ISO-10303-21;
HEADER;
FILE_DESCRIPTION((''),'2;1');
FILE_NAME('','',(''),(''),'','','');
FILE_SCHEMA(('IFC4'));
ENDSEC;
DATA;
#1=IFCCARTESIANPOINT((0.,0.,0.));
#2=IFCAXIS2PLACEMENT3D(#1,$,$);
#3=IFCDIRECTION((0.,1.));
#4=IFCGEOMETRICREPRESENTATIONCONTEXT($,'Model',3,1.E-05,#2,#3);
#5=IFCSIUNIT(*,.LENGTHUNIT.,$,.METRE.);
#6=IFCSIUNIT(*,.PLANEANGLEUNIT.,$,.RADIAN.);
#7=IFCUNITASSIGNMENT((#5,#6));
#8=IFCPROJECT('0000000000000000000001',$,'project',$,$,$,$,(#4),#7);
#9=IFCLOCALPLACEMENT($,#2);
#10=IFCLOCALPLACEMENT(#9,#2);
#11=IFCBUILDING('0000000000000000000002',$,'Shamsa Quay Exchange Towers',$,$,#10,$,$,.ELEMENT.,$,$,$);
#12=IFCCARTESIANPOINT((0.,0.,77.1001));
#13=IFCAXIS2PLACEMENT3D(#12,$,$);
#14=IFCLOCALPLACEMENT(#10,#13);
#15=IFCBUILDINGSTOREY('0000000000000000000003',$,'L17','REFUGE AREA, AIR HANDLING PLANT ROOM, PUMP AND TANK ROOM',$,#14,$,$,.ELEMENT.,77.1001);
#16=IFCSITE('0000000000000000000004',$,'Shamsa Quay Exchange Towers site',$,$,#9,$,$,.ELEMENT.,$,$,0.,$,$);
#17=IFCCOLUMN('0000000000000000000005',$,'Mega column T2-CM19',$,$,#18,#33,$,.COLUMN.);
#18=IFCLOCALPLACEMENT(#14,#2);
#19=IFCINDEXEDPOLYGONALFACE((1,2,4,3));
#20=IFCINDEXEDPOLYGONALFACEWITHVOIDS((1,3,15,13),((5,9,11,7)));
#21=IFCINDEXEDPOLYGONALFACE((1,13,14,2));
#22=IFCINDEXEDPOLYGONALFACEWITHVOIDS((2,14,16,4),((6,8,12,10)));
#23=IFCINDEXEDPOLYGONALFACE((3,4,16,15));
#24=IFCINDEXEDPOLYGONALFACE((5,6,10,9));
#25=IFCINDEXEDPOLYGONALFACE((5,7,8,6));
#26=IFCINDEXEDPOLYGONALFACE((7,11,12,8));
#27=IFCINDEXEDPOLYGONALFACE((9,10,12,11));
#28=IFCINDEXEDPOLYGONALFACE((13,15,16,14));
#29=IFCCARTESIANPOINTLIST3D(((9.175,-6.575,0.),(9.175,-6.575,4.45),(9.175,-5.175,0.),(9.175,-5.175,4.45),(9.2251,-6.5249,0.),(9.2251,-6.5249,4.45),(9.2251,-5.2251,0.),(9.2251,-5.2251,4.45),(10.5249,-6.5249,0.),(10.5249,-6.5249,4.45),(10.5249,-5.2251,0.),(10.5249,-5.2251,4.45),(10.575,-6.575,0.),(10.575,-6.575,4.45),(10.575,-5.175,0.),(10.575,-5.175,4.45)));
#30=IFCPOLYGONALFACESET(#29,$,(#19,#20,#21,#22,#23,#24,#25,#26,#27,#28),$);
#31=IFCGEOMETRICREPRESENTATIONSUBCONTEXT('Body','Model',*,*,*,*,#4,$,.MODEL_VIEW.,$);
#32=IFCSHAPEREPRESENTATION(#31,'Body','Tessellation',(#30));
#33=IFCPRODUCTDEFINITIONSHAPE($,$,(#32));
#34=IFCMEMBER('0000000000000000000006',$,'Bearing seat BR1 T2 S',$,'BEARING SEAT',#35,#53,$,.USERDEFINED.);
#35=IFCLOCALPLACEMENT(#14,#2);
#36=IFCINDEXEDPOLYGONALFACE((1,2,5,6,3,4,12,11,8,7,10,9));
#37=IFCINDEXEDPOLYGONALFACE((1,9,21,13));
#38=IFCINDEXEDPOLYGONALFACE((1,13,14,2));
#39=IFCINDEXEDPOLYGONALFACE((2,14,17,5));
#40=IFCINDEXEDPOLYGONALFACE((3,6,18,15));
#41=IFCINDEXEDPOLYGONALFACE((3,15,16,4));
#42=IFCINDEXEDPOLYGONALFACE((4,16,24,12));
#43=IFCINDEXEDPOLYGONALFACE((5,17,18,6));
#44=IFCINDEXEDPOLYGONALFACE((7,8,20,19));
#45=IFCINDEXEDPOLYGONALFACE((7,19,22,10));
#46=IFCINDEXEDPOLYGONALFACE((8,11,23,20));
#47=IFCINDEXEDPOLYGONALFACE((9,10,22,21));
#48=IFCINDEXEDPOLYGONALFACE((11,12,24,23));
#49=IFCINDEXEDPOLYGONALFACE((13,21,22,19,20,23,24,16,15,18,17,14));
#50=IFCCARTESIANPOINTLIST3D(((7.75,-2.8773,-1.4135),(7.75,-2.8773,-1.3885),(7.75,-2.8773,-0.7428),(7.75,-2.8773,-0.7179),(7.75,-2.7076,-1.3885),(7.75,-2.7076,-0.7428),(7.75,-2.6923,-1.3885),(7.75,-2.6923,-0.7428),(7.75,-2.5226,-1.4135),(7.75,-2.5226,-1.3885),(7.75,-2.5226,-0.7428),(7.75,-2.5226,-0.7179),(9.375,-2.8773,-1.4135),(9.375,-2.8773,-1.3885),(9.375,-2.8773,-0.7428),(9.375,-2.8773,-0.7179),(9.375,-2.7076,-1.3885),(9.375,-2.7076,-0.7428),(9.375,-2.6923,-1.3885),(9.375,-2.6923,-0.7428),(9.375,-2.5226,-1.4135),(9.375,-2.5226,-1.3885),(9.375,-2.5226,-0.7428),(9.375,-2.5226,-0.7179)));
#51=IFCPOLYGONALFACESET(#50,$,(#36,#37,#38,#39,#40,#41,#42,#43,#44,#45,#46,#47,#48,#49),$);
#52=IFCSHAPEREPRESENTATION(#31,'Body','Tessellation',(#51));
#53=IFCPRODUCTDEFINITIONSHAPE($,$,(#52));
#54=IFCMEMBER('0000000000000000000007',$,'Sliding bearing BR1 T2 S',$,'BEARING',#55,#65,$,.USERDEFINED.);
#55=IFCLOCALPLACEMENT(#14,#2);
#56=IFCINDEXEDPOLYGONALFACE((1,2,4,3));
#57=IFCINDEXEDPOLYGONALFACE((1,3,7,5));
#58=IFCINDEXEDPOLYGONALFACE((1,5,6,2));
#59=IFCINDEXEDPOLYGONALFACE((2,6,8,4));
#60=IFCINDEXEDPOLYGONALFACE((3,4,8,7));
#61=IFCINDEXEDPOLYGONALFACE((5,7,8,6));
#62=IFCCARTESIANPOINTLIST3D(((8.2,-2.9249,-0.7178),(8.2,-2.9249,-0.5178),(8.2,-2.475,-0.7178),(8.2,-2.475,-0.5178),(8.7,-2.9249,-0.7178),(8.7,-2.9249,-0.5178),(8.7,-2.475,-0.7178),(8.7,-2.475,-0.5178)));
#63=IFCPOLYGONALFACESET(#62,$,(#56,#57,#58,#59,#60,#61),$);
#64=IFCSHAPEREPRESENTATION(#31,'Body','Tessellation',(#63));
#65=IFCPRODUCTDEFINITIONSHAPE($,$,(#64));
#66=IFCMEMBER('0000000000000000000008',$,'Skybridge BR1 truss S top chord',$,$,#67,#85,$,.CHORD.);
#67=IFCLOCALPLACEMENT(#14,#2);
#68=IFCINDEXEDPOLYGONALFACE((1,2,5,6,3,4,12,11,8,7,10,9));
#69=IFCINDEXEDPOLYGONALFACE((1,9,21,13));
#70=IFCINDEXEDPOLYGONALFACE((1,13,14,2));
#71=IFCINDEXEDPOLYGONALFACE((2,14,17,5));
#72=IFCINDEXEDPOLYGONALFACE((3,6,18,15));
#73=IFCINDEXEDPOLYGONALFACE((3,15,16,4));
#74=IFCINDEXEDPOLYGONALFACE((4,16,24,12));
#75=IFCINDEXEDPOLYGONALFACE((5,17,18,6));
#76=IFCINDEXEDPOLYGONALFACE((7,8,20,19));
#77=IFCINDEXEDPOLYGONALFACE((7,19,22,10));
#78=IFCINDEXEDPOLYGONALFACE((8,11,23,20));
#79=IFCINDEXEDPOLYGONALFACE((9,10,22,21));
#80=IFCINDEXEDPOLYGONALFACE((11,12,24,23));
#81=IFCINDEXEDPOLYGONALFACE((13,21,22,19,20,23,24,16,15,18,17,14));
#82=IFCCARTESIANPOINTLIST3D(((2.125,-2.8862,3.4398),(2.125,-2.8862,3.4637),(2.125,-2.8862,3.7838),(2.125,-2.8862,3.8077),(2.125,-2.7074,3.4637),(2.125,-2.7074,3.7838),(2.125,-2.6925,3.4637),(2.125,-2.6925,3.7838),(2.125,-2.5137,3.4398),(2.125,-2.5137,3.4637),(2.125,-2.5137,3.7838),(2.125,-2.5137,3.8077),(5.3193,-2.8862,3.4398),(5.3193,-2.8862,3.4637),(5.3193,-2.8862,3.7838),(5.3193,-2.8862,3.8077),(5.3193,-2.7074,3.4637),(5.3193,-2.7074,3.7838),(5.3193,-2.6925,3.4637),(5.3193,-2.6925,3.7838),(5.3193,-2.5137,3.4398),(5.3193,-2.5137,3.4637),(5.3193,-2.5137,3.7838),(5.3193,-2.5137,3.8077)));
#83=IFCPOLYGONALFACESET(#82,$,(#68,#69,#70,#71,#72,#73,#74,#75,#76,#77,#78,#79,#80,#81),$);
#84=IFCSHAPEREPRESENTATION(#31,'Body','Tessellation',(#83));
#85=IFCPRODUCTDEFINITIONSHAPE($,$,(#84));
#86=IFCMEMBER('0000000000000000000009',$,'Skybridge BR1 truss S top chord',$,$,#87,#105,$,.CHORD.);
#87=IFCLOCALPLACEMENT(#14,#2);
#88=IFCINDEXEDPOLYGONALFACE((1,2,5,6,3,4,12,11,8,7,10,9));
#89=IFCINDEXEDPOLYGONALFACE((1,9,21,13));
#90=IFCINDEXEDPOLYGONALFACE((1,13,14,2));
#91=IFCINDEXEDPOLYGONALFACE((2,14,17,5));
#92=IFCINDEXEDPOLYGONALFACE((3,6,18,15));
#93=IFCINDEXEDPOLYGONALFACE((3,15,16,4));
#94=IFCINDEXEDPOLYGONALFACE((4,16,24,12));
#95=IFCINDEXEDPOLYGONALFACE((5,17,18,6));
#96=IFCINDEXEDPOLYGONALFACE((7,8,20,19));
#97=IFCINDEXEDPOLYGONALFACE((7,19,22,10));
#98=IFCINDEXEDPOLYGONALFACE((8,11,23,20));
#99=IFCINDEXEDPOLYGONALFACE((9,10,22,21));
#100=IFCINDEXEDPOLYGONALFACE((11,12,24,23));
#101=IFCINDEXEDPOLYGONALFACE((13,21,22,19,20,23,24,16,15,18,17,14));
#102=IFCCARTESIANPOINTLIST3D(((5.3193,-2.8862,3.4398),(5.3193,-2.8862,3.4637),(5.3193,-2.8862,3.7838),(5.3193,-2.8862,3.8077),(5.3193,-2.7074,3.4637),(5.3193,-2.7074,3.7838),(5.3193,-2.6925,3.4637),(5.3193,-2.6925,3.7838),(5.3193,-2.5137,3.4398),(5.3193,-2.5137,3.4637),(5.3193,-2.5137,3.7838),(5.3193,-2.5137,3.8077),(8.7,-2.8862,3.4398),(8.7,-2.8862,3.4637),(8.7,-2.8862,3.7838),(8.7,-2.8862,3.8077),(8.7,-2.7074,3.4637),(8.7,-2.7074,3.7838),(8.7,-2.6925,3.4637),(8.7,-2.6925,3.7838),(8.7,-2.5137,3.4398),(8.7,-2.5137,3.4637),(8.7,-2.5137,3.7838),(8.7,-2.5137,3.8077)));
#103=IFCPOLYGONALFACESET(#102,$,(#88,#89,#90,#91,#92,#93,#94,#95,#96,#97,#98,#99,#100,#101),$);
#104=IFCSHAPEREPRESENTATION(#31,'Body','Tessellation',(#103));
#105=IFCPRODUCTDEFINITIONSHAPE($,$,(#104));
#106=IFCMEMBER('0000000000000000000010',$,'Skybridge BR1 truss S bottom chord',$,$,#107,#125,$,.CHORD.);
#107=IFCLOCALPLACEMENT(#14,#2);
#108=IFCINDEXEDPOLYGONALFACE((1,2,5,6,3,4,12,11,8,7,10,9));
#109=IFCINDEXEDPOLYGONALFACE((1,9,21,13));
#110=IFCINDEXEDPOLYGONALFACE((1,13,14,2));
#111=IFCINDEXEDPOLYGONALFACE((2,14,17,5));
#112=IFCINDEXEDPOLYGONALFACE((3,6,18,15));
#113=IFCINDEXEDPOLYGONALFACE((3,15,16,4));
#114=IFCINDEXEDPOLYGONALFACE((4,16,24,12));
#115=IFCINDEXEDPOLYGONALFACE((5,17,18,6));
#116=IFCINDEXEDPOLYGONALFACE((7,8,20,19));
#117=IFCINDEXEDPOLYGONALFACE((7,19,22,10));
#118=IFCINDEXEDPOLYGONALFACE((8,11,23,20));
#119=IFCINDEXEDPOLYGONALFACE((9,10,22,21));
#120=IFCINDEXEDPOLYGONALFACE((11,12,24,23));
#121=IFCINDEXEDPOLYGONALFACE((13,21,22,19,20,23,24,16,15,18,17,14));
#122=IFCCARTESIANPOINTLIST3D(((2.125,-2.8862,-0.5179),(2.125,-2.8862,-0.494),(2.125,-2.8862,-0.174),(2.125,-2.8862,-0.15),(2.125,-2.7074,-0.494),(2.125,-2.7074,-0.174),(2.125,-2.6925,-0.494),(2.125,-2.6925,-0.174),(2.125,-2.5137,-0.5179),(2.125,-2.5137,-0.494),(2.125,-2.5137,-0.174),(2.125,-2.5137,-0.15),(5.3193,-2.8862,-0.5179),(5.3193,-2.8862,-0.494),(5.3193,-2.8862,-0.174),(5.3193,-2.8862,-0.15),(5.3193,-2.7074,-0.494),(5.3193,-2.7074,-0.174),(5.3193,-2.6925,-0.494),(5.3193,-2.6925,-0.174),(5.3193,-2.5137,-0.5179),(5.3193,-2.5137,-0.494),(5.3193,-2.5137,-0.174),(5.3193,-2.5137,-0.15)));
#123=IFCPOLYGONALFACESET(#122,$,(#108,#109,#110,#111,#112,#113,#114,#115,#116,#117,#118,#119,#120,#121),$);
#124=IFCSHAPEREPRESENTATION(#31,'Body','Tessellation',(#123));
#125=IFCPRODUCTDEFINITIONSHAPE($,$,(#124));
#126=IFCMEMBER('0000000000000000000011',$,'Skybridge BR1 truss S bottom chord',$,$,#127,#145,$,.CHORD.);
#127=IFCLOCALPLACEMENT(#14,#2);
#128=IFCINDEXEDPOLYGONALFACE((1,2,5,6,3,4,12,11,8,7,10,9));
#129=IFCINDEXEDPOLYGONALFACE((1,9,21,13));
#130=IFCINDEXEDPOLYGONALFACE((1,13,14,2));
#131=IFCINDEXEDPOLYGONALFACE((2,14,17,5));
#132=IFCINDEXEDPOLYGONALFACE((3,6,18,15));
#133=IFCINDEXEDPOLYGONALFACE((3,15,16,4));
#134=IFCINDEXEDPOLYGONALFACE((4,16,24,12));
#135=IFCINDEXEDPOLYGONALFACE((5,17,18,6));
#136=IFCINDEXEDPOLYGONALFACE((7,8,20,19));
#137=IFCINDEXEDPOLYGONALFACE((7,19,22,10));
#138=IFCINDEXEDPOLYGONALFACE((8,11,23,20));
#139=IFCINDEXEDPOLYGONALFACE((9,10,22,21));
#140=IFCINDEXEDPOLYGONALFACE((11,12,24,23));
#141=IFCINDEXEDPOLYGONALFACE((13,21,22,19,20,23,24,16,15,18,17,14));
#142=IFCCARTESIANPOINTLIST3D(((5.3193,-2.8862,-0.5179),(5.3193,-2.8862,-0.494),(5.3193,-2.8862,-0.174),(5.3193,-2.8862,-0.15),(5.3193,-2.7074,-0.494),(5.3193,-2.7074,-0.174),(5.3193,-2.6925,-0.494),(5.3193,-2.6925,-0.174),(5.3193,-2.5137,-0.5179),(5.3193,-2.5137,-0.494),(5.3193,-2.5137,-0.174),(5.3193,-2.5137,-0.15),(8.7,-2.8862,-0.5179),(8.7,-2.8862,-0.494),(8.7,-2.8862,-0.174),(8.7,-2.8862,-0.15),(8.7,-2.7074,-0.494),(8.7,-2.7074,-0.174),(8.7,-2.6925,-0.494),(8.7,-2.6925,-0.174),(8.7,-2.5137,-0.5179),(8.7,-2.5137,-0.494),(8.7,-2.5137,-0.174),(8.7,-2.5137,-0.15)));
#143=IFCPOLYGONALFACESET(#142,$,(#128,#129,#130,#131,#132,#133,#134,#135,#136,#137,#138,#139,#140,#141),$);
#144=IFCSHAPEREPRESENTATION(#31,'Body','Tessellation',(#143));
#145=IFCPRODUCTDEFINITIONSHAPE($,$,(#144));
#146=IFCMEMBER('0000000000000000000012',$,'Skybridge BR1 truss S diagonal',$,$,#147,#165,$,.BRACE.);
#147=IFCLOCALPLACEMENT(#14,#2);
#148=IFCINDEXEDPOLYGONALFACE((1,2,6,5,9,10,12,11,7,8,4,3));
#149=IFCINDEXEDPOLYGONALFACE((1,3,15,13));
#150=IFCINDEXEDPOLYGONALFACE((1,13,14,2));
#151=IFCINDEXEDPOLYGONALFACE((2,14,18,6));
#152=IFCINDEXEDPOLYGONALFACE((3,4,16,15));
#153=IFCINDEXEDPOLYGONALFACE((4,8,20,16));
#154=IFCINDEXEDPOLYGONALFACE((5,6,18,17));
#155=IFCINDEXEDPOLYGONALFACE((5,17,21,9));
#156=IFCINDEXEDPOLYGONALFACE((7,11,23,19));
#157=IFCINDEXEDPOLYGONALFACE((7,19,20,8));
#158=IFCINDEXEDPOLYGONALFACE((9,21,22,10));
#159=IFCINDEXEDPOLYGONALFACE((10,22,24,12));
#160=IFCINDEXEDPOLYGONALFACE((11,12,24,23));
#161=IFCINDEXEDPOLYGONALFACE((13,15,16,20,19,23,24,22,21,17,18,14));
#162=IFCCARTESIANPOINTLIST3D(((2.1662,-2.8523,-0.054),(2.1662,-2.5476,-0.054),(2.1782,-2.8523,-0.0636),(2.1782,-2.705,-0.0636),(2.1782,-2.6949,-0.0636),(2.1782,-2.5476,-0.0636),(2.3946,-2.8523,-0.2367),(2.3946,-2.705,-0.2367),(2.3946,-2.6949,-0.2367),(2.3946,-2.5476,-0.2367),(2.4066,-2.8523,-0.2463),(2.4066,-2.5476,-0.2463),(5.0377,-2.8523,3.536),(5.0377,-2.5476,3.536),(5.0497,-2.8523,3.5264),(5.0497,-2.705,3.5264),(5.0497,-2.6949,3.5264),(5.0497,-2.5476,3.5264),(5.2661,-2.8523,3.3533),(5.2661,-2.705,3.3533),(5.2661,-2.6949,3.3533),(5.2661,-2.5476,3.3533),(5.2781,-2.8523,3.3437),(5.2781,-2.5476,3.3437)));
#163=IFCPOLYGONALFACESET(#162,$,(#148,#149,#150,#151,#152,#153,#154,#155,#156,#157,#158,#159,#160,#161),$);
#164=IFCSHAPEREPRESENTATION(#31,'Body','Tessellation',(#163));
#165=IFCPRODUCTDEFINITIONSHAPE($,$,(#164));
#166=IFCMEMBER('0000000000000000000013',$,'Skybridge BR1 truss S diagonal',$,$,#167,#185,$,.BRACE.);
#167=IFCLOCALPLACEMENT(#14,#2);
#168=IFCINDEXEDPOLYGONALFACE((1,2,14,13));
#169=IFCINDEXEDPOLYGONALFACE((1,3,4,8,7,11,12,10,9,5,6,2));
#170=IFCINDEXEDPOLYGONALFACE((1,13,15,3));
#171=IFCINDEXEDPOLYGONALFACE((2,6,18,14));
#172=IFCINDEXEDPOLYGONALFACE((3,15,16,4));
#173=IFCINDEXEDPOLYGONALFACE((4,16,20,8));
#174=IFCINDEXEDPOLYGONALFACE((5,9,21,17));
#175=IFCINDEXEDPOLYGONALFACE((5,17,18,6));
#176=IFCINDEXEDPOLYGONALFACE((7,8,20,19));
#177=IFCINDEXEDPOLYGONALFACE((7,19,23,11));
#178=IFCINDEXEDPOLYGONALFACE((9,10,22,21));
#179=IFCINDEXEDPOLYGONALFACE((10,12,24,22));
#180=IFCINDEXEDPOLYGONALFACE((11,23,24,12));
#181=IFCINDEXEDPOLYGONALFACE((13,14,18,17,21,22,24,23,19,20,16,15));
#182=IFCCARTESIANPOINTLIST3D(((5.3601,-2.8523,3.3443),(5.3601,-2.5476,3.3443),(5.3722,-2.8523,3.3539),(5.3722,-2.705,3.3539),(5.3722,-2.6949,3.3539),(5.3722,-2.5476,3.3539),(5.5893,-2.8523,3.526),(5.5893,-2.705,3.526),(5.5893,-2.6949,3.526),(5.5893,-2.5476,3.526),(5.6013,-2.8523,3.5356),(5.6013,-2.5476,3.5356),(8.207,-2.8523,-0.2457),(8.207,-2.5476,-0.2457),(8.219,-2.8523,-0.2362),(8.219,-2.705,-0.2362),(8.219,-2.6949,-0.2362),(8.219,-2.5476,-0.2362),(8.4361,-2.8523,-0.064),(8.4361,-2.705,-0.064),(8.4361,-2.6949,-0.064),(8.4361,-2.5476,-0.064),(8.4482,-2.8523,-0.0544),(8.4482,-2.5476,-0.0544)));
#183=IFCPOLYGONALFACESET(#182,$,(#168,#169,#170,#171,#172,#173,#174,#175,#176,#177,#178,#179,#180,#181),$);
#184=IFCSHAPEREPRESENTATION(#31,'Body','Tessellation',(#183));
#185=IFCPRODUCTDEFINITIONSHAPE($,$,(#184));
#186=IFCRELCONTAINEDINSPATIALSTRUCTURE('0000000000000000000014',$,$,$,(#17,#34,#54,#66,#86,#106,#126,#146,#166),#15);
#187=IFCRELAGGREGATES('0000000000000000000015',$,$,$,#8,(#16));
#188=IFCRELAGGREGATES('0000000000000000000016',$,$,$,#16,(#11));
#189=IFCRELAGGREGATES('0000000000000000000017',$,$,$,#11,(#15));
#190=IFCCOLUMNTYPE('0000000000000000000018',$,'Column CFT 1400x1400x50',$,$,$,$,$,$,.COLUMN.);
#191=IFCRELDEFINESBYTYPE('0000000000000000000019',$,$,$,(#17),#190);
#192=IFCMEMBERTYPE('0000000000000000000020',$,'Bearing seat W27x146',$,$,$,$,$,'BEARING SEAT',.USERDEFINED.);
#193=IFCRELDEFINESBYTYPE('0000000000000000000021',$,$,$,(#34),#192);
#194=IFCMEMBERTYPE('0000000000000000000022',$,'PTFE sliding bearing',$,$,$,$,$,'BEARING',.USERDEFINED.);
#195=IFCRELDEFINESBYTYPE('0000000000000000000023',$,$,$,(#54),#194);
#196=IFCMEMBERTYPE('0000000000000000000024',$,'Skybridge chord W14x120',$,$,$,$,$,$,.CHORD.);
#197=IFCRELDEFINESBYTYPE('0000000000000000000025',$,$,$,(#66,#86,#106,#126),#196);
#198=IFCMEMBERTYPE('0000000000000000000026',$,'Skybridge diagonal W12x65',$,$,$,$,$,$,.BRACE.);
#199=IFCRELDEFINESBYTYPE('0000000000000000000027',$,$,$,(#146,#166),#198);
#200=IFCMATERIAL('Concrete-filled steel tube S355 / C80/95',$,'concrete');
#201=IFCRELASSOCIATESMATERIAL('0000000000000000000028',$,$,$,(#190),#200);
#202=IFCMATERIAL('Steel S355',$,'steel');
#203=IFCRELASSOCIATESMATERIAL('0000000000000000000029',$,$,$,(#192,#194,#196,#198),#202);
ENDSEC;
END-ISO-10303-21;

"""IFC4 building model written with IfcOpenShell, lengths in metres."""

from ifc_helpers import new_model, si_unit, direction, frame, origin, origin_2d, place, context, subcontext, project, spatial, rectangle, hollow_rectangle, i_section, extrude, material, material_profile, profile_set, type_object, element, save


model = new_model("IFC4")

# Units and contexts
model_context = context("Model", 3, precision=1e-05, world=origin(), true_north=direction((0.0, 1.0)))
body_context = subcontext(model_context, "Body", "Model", "MODEL_VIEW")
ifc_project = project(units=[si_unit("LENGTHUNIT", "METRE"), si_unit("PLANEANGLEUNIT", "RADIAN")], contexts=[model_context])

# Site, building, storey
site_placement = place(None, origin())
site = spatial("IfcSite", under=ifc_project, at=site_placement, Name="Shamsa Quay Exchange Towers site", CompositionType="ELEMENT", RefElevation=0.0)
building_placement = place(site_placement, origin())
building = spatial("IfcBuilding", under=site, at=building_placement, Name="Shamsa Quay Exchange Towers", CompositionType="ELEMENT")
storey_placement = place(building_placement, frame((0.0, 0.0, 77.1001)))
storey = spatial("IfcBuildingStorey", under=building, at=storey_placement, Name="L17", Description="REFUGE AREA, AIR HANDLING PLANT ROOM, PUMP AND TANK ROOM", CompositionType="ELEMENT", Elevation=77.1001)

# Column
ifc_material_1 = material(Name="Concrete-filled steel tube S355 / C80/95", Category="concrete")
ifc_material_profile_1 = material_profile(ifc_material_1, hollow_rectangle(XDim=1.3999, YDim=1.3999, WallThickness=0.05, at=origin_2d()), Name="CFT 1400x1400x50")
ifc_profile_set_1 = profile_set([ifc_material_profile_1], Name="Concrete-filled steel tube S355 / C80/95")
column_type = type_object("IfcColumnType", Name="Column CFT 1400x1400x50", PredefinedType="COLUMN", material=ifc_profile_set_1)
column_placement = place(storey_placement, frame((9.875, -5.875, 0.0)))
element("IfcColumn", 1, at=column_placement, inside=storey, type_object=column_type, Name="Mega column T2-CM19", PredefinedType="COLUMN", context=body_context, shape_type="SweptSolid", body=[
    extrude(hollow_rectangle(XDim=1.3999, YDim=1.3999, WallThickness=0.05, at=origin_2d()), origin(), (0.0, 0.0, 1.0), 4.45),
])

# Members
ifc_material_2 = material(Name="Steel S355", Category="steel")
ifc_material_profile_2 = material_profile(ifc_material_2, i_section(OverallWidth=0.3547, OverallDepth=0.6956, WebThickness=0.0154, FlangeThickness=0.0249, at=origin_2d()), Name="W27x146")
ifc_profile_set_2 = profile_set([ifc_material_profile_2], Name="Steel S355")
member_type_1 = type_object("IfcMemberType", Name="Bearing seat W27x146", ElementType="BEARING SEAT", PredefinedType="USERDEFINED", material=ifc_profile_set_2)
member_1_placement = place(storey_placement, frame((7.75, -2.7, -1.0657), z_axis=(1.0, 0.0, 0.0), x_axis=(0.0, 1.0, 0.0)))
element("IfcMember", 2, at=member_1_placement, inside=storey, type_object=member_type_1, Name="Bearing seat BR1 T2 S", ObjectType="BEARING SEAT", PredefinedType="USERDEFINED", context=body_context, shape_type="SweptSolid", body=[
    extrude(i_section(OverallWidth=0.3547, OverallDepth=0.6956, WebThickness=0.0154, FlangeThickness=0.0249, at=origin_2d()), origin(), (0.0, 0.0, 1.0), 1.625),
])
ifc_material_profile_3 = material_profile(ifc_material_2, rectangle(XDim=0.5, YDim=0.2, at=origin_2d()), Name="500x200")
ifc_profile_set_3 = profile_set([ifc_material_profile_3], Name="Steel S355")
member_type_2 = type_object("IfcMemberType", Name="PTFE sliding bearing", ElementType="BEARING", PredefinedType="USERDEFINED", material=ifc_profile_set_3)
member_2_placement = place(storey_placement, frame((8.45, -2.7, -0.7178)))
element("IfcMember", 3, at=member_2_placement, inside=storey, type_object=member_type_2, Name="Sliding bearing BR1 T2 S", ObjectType="BEARING", PredefinedType="USERDEFINED", context=body_context, shape_type="SweptSolid", body=[
    extrude(rectangle(XDim=0.5, YDim=0.45, at=origin_2d()), origin(), (0.0, 0.0, 1.0), 0.2),
])
ifc_material_profile_4 = material_profile(ifc_material_2, i_section(OverallWidth=0.3726, OverallDepth=0.3679, WebThickness=0.0149, FlangeThickness=0.0239, at=origin_2d()), Name="W14x120")
ifc_profile_set_4 = profile_set([ifc_material_profile_4], Name="Steel S355")
member_type_3 = type_object("IfcMemberType", Name="Skybridge chord W14x120", PredefinedType="CHORD", material=ifc_profile_set_4)
member_3_placement = place(storey_placement, frame((2.125, -2.7, 3.6238), z_axis=(1.0, 0.0, 0.0), x_axis=(0.0, 1.0, 0.0)))
element("IfcMember", 4, at=member_3_placement, inside=storey, type_object=member_type_3, Name="Skybridge BR1 truss S top chord", PredefinedType="CHORD", context=body_context, shape_type="SweptSolid", body=[
    extrude(i_section(OverallWidth=0.3726, OverallDepth=0.3679, WebThickness=0.0149, FlangeThickness=0.0239, at=origin_2d()), origin(), (0.0, 0.0, 1.0), 3.1943),
])
member_4_placement = place(storey_placement, frame((5.3193, -2.7, 3.6238), z_axis=(1.0, 0.0, 0.0), x_axis=(0.0, 1.0, 0.0)))
element("IfcMember", 5, at=member_4_placement, inside=storey, type_object=member_type_3, Name="Skybridge BR1 truss S top chord", PredefinedType="CHORD", context=body_context, shape_type="SweptSolid", body=[
    extrude(i_section(OverallWidth=0.3726, OverallDepth=0.3679, WebThickness=0.0149, FlangeThickness=0.0239, at=origin_2d()), origin(), (0.0, 0.0, 1.0), 3.3806),
])
member_5_placement = place(storey_placement, frame((2.125, -2.7, -0.334), z_axis=(1.0, 0.0, 0.0), x_axis=(0.0, 1.0, 0.0)))
element("IfcMember", 6, at=member_5_placement, inside=storey, type_object=member_type_3, Name="Skybridge BR1 truss S bottom chord", PredefinedType="CHORD", context=body_context, shape_type="SweptSolid", body=[
    extrude(i_section(OverallWidth=0.3726, OverallDepth=0.3679, WebThickness=0.0149, FlangeThickness=0.0239, at=origin_2d()), origin(), (0.0, 0.0, 1.0), 3.1943),
])
member_6_placement = place(storey_placement, frame((5.3193, -2.7, -0.334), z_axis=(1.0, 0.0, 0.0), x_axis=(0.0, 1.0, 0.0)))
element("IfcMember", 7, at=member_6_placement, inside=storey, type_object=member_type_3, Name="Skybridge BR1 truss S bottom chord", PredefinedType="CHORD", context=body_context, shape_type="SweptSolid", body=[
    extrude(i_section(OverallWidth=0.3726, OverallDepth=0.3679, WebThickness=0.0149, FlangeThickness=0.0239, at=origin_2d()), origin(), (0.0, 0.0, 1.0), 3.3806),
])
ifc_material_profile_5 = material_profile(ifc_material_2, i_section(OverallWidth=0.3047, OverallDepth=0.3079, WebThickness=0.01, FlangeThickness=0.0154, at=origin_2d()), Name="W12x65")
ifc_profile_set_5 = profile_set([ifc_material_profile_5], Name="Steel S355")
member_type_4 = type_object("IfcMemberType", Name="Skybridge diagonal W12x65", PredefinedType="BRACE", material=ifc_profile_set_5)
member_7_placement = place(storey_placement, frame((2.2864, -2.7, -0.1501), z_axis=(0.62463, 0.0, 0.780921), x_axis=(0.0, 1.0, 0.0)))
element("IfcMember", 8, at=member_7_placement, inside=storey, type_object=member_type_4, Name="Skybridge BR1 truss S diagonal", PredefinedType="BRACE", context=body_context, shape_type="SweptSolid", body=[
    extrude(i_section(OverallWidth=0.3047, OverallDepth=0.3079, WebThickness=0.01, FlangeThickness=0.0154, at=origin_2d()), origin(), (0.0, 0.0, 1.0), 4.5972),
])
member_8_placement = place(storey_placement, frame((5.4807, -2.7, 3.4399), z_axis=(0.621343, 0.0, -0.783539), x_axis=(0.0, 1.0, 0.0)))
element("IfcMember", 9, at=member_8_placement, inside=storey, type_object=member_type_4, Name="Skybridge BR1 truss S diagonal", PredefinedType="BRACE", context=body_context, shape_type="SweptSolid", body=[
    extrude(i_section(OverallWidth=0.3047, OverallDepth=0.3079, WebThickness=0.01, FlangeThickness=0.0154, at=origin_2d()), origin(), (0.0, 0.0, 1.0), 4.5818),
])

save(model, "model.ifc")
